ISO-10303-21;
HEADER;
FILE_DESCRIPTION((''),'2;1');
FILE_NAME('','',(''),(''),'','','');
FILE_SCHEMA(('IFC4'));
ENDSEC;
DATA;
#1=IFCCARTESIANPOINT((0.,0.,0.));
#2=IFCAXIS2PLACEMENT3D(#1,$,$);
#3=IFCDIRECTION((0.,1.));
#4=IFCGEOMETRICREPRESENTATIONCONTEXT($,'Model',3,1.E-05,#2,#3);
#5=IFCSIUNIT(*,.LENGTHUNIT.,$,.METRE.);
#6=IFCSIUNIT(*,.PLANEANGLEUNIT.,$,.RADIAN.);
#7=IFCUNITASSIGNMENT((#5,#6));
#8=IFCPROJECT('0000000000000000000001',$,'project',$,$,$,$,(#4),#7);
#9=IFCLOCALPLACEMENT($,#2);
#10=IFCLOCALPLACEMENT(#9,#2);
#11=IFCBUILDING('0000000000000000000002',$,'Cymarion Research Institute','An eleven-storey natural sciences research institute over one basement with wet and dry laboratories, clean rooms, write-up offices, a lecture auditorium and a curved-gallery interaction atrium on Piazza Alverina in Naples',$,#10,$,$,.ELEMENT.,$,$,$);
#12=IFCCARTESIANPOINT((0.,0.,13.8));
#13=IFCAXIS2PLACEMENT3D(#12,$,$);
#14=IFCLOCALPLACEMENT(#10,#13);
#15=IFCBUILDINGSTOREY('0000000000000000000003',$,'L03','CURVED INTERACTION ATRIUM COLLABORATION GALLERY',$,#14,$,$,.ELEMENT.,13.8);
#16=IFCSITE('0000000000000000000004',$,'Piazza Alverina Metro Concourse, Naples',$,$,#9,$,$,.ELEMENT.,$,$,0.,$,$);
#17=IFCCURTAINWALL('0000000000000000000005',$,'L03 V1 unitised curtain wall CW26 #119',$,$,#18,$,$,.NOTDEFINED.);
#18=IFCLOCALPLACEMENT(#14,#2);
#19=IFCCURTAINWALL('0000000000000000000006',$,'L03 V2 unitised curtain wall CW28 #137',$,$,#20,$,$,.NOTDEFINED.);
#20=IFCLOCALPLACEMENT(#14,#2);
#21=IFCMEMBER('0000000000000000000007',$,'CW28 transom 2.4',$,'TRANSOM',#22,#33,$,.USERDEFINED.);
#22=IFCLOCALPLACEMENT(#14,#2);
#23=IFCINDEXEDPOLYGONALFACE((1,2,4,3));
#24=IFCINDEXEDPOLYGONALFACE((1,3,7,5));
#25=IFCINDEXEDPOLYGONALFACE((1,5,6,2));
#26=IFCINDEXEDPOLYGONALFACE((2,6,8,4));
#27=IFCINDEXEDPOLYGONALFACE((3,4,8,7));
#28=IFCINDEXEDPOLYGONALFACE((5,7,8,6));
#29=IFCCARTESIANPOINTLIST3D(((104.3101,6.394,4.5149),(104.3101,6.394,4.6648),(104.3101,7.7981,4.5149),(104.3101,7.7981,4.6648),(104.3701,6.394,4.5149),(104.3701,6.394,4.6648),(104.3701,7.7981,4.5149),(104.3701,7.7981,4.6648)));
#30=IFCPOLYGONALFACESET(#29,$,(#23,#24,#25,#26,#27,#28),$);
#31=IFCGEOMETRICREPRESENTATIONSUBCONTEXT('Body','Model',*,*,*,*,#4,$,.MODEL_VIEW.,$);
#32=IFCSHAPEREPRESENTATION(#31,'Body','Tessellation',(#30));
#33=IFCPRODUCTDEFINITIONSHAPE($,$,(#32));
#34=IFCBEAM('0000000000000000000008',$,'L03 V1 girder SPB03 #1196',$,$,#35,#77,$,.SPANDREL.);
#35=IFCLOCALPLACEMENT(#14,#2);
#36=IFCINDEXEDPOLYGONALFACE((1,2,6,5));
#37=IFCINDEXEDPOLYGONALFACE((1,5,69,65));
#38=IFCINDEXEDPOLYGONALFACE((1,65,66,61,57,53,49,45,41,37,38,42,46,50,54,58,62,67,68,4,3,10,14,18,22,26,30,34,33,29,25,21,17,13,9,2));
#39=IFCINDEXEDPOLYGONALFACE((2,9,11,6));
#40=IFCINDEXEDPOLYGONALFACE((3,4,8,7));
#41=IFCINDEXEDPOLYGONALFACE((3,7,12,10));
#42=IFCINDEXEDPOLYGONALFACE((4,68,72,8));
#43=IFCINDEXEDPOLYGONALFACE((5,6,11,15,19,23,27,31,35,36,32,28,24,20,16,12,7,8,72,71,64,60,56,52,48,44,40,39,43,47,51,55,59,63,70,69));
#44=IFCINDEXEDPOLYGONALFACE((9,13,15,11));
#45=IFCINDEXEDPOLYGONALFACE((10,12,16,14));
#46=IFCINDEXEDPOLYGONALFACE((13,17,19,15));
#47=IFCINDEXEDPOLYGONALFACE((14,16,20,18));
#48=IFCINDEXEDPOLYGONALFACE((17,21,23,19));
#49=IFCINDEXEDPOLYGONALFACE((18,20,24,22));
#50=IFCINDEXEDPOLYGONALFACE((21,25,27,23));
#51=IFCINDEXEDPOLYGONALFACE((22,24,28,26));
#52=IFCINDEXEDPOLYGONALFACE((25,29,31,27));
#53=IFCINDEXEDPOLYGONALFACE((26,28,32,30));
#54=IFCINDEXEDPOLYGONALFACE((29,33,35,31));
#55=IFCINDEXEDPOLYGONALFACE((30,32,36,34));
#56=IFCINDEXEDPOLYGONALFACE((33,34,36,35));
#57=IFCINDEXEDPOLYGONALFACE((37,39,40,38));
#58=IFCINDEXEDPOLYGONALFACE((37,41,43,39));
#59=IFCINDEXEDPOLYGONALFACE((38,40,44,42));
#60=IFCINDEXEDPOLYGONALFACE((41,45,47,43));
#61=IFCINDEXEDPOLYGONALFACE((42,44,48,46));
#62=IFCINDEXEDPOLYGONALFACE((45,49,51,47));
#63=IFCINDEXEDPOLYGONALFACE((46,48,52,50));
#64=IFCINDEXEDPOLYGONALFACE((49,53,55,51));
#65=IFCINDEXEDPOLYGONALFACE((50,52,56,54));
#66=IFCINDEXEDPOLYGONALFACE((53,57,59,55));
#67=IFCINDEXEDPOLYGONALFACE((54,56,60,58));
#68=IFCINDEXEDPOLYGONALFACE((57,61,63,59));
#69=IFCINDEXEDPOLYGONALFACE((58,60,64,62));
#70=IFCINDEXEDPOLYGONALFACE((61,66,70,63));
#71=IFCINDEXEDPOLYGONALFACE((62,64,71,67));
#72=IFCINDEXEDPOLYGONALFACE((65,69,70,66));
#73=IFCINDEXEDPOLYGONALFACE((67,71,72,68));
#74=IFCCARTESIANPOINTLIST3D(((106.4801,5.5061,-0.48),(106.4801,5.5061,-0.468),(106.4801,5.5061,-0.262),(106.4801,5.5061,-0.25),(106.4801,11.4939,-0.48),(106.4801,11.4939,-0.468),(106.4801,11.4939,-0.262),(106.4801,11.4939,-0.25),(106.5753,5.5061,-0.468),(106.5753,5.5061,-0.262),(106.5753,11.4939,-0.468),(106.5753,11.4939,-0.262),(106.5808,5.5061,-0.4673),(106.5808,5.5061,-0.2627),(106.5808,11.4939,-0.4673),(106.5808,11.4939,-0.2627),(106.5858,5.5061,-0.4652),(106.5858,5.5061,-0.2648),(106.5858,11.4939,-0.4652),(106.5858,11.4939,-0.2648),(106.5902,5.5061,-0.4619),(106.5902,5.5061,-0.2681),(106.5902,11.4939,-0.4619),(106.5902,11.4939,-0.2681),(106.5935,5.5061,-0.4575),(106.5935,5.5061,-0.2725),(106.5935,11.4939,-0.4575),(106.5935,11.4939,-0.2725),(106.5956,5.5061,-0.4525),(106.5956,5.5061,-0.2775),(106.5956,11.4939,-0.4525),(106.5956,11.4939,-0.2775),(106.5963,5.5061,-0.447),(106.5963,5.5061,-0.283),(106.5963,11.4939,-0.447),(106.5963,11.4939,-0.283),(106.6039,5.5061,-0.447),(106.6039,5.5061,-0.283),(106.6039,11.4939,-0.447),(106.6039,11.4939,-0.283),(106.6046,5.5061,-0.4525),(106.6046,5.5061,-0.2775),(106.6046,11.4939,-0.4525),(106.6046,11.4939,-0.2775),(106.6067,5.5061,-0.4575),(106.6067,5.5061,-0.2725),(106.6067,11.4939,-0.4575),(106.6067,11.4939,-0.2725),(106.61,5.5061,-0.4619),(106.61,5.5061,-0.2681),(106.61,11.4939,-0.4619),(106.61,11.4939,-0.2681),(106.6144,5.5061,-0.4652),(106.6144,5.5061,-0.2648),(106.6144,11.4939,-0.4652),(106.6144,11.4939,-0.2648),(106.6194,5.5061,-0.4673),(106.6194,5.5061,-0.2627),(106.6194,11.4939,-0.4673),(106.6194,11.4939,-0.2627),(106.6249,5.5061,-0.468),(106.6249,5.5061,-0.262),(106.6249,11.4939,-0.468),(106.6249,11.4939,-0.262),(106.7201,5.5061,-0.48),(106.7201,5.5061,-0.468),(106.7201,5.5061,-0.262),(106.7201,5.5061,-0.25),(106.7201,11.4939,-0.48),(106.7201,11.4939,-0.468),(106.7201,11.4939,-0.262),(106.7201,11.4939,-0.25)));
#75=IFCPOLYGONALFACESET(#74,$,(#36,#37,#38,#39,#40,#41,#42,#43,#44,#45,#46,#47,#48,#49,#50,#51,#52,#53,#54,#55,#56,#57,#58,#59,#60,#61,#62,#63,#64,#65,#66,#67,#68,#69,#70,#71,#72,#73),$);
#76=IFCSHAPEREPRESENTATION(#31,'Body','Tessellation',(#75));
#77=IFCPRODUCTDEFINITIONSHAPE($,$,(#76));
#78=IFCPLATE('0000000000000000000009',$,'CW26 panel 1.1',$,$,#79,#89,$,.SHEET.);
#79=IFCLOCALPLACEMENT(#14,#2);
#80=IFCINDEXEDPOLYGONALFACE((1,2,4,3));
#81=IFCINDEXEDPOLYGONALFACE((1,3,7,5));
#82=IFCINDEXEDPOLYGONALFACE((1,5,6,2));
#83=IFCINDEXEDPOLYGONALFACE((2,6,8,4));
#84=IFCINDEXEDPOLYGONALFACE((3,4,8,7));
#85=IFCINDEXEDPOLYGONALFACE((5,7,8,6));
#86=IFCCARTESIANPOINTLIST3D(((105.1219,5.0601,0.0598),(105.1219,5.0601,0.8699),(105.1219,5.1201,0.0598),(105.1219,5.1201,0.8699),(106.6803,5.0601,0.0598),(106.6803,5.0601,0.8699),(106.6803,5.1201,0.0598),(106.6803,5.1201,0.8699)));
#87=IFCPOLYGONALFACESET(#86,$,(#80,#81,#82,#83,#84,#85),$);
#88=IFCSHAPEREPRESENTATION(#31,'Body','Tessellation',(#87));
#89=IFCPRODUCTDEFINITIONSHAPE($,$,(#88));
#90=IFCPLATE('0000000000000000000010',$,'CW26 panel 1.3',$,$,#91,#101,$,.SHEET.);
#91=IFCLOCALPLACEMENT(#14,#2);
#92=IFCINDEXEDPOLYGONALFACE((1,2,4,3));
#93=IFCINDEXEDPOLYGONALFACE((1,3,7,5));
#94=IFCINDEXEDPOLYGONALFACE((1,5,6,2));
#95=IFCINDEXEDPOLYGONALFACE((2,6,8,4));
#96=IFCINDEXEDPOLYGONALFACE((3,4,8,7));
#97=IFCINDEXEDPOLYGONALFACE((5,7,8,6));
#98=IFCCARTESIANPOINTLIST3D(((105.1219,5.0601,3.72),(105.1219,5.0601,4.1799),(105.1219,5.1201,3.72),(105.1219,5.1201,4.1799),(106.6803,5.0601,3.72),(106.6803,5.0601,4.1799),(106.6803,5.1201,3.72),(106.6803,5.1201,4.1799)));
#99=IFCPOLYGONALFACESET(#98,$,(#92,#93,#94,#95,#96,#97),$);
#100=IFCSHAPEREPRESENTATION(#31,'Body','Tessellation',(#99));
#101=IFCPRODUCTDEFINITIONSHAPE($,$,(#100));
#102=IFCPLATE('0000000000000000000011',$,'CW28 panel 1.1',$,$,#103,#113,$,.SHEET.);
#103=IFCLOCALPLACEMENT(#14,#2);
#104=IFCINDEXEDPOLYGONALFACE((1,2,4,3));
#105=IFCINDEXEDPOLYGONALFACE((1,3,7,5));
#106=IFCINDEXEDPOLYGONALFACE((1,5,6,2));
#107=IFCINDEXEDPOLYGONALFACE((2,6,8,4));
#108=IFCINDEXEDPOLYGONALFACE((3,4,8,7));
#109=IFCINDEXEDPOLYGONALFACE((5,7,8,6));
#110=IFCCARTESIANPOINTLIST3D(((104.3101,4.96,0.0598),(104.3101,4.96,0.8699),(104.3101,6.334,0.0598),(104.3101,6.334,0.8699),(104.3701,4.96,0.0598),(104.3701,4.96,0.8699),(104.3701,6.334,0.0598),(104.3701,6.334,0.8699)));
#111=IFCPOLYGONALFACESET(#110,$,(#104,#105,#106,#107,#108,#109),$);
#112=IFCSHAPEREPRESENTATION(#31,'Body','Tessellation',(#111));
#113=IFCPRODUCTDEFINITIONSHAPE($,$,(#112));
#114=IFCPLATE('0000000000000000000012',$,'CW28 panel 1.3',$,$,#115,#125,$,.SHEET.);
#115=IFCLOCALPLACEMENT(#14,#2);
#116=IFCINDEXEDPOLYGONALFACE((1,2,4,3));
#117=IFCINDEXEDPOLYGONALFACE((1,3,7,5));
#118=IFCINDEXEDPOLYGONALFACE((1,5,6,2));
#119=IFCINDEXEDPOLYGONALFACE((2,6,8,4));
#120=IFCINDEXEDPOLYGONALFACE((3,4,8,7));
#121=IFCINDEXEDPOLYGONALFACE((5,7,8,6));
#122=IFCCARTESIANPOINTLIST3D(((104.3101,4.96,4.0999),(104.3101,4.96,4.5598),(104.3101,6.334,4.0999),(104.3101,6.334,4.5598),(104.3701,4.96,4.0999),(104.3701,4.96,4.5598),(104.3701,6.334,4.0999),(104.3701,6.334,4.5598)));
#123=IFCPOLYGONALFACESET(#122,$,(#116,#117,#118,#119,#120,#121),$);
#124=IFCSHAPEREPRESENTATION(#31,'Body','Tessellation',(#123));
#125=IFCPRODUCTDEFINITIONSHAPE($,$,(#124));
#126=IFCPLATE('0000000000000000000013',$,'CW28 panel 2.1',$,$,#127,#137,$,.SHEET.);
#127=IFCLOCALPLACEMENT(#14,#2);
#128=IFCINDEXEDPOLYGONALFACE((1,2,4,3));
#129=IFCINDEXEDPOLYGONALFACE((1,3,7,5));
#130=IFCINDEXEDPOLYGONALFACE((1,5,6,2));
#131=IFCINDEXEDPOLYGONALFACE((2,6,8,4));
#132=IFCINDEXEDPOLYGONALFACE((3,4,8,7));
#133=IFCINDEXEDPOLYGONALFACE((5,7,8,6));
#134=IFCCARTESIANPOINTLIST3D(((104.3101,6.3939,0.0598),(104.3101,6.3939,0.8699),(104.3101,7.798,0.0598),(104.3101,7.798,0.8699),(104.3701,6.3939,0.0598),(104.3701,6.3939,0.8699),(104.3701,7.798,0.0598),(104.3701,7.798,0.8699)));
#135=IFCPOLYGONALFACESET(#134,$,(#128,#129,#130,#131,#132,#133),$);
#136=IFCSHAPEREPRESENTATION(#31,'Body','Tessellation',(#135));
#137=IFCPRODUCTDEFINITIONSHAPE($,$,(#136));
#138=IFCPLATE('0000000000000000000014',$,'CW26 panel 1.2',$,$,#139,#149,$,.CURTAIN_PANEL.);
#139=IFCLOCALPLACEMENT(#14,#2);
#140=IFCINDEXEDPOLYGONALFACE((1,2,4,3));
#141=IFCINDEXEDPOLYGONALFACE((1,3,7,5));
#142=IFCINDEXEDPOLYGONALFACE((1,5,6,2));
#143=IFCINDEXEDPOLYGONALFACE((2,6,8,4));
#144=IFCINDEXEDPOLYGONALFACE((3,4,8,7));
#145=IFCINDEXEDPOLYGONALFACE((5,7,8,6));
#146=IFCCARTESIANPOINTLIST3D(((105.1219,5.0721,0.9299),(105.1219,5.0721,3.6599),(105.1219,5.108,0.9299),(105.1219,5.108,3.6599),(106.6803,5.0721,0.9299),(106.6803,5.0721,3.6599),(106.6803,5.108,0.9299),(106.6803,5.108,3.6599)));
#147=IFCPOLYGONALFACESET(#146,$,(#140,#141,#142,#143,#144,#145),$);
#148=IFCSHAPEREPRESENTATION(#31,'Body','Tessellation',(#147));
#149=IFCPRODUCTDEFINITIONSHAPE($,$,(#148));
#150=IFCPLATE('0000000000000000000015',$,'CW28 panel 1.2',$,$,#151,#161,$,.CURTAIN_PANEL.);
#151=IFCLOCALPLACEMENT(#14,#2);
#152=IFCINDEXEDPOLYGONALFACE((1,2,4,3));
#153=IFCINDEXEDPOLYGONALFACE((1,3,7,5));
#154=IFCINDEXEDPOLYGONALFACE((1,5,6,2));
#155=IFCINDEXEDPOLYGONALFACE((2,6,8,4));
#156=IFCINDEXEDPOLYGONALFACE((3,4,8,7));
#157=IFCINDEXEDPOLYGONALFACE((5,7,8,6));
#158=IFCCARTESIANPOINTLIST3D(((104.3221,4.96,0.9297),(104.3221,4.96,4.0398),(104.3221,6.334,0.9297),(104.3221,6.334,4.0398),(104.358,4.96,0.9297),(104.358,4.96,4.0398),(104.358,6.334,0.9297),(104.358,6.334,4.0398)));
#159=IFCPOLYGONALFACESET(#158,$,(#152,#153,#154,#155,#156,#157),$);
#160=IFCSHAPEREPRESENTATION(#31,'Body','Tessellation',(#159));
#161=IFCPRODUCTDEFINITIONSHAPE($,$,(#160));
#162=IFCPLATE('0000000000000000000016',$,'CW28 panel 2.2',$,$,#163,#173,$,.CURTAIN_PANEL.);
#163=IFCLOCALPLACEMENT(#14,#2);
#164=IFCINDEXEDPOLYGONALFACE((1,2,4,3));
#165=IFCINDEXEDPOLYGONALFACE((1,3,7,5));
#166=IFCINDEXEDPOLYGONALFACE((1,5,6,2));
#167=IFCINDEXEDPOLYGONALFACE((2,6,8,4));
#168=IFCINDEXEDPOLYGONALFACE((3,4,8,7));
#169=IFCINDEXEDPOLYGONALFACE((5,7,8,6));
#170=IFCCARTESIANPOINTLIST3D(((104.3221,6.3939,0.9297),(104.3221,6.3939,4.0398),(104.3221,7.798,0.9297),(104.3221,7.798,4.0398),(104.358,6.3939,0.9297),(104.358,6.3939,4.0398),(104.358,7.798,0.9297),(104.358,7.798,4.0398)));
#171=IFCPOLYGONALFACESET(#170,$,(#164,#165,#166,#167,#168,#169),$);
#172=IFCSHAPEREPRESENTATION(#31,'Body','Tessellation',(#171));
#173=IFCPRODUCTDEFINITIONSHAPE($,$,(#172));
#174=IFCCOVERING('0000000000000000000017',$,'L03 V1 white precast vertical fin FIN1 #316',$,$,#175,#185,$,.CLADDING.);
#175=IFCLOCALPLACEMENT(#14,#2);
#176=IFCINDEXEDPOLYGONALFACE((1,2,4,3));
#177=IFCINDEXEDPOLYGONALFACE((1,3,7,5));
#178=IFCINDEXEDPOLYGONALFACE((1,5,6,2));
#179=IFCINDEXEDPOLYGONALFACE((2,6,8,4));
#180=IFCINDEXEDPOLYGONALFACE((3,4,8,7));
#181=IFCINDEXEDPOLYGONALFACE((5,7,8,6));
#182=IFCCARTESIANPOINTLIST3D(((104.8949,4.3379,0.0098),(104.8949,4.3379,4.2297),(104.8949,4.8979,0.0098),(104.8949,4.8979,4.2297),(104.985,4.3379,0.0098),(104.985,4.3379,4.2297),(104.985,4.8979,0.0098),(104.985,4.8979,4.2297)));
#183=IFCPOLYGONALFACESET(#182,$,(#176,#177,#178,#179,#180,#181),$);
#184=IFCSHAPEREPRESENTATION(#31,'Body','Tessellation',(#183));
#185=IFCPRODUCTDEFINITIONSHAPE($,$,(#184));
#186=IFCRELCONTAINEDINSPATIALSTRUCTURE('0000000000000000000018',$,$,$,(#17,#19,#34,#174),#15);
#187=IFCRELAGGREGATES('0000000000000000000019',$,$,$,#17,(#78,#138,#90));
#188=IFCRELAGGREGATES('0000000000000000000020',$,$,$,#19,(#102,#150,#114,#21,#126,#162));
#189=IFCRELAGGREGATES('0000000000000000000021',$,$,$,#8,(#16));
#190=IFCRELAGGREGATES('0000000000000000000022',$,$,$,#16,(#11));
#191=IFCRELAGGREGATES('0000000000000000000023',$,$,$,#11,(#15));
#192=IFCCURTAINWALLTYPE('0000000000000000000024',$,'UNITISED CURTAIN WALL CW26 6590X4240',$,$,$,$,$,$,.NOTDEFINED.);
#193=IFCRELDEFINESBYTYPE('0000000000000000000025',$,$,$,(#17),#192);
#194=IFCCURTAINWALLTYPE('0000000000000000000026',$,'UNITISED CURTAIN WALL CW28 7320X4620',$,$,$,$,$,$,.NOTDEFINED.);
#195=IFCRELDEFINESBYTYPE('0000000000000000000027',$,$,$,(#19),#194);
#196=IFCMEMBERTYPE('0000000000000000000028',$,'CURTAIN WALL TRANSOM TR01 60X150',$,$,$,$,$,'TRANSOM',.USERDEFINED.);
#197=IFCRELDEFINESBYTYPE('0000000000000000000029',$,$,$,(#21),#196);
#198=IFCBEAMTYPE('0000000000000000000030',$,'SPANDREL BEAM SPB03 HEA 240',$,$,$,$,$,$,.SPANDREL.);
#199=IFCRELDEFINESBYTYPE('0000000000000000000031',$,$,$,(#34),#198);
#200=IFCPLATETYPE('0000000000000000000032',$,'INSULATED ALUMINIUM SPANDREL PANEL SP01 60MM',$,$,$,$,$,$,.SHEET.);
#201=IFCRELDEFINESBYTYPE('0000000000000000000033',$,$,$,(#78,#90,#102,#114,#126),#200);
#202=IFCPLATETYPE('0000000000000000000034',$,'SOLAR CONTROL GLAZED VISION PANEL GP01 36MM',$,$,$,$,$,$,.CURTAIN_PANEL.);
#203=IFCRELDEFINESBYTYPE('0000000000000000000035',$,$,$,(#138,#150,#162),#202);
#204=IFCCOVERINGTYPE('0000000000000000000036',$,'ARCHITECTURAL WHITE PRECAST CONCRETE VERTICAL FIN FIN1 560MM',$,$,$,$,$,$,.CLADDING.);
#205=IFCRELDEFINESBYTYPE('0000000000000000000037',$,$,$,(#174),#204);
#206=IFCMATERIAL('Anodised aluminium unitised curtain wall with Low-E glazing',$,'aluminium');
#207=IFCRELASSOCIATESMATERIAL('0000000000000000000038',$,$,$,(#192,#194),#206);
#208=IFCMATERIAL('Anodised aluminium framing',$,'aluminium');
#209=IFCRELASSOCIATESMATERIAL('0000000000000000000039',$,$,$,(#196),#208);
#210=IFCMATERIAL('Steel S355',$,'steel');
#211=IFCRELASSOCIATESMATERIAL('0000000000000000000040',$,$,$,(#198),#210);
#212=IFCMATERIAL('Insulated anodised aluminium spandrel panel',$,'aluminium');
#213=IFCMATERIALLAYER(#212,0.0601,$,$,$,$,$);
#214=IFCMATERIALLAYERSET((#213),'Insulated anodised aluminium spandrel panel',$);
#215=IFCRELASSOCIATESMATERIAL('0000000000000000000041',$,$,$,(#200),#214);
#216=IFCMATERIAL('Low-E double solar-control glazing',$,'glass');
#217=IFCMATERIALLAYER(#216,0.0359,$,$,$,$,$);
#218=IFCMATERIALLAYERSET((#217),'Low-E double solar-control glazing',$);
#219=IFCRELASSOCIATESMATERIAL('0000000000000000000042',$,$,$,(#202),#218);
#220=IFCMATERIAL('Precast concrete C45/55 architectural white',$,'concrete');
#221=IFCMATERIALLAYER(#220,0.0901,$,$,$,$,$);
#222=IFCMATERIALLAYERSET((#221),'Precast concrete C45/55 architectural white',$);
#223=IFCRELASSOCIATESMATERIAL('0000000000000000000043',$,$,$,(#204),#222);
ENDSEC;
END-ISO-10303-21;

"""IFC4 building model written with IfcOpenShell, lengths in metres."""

from ifc_helpers import new_model, si_unit, direction, frame, origin, origin_2d, place, context, subcontext, project, spatial, rectangle, i_section, extrude, material, layer, layer_set, material_profile, profile_set, type_object, element, aggregate, save


model = new_model("IFC4")

# Units and contexts
model_context = context("Model", 3, precision=1e-05, world=origin(), true_north=direction((0.0, 1.0)))
body_context = subcontext(model_context, "Body", "Model", "MODEL_VIEW")
ifc_project = project(units=[si_unit("LENGTHUNIT", "METRE"), si_unit("PLANEANGLEUNIT", "RADIAN")], contexts=[model_context])

# Site, building, storey
site_placement = place(None, origin())
site = spatial("IfcSite", under=ifc_project, at=site_placement, Name="Piazza Alverina Metro Concourse, Naples", CompositionType="ELEMENT", RefElevation=0.0)
building_placement = place(site_placement, origin())
building = spatial("IfcBuilding", under=site, at=building_placement, Name="Cymarion Research Institute", Description="An eleven-storey natural sciences research institute over one basement with wet and dry laboratories, clean rooms, write-up offices, a lecture auditorium and a curved-gallery interaction atrium on Piazza Alverina in Naples", CompositionType="ELEMENT")
storey_placement = place(building_placement, frame((0.0, 0.0, 13.8)))
storey = spatial("IfcBuildingStorey", under=building, at=storey_placement, Name="L03", Description="CURVED INTERACTION ATRIUM COLLABORATION GALLERY", CompositionType="ELEMENT", Elevation=13.8)

# Shared definitions
ifc_material_1 = material(Name="Steel S355", Category="steel")

# Curtain walls
ifc_material_2 = material(Name="Anodised aluminium unitised curtain wall with Low-E glazing", Category="aluminium")
curtain_wall_type_1 = type_object("IfcCurtainWallType", Name="UNITISED CURTAIN WALL CW26 6590X4240", PredefinedType="NOTDEFINED", material=ifc_material_2)
curtain_wall_1_placement = place(storey_placement, origin())
curtain_wall_1 = element("IfcCurtainWall", 1, at=curtain_wall_1_placement, inside=storey, type_object=curtain_wall_type_1, Name="L03 V1 unitised curtain wall CW26 #119", PredefinedType="NOTDEFINED")
ifc_material_3 = material(Name="Anodised aluminium framing", Category="aluminium")
curtain_wall_type_2 = type_object("IfcCurtainWallType", Name="UNITISED CURTAIN WALL CW28 7320X4620", PredefinedType="NOTDEFINED", material=ifc_material_2)
curtain_wall_2_placement = place(storey_placement, origin())
curtain_wall_2 = element("IfcCurtainWall", 2, at=curtain_wall_2_placement, inside=storey, type_object=curtain_wall_type_2, Name="L03 V2 unitised curtain wall CW28 #137", PredefinedType="NOTDEFINED")

# Member
ifc_material_profile_1 = material_profile(ifc_material_3, rectangle(XDim=0.0601, YDim=0.1499, at=origin_2d()), Name="ALU TRANSOM 60x150")
ifc_profile_set_1 = profile_set([ifc_material_profile_1], Name="Anodised aluminium framing")
member_type_1 = type_object("IfcMemberType", Name="CURTAIN WALL TRANSOM TR01 60X150", ElementType="TRANSOM", PredefinedType="USERDEFINED", material=ifc_profile_set_1)
member_1_placement = place(storey_placement, frame((104.3401, 6.394, 4.5898), z_axis=(0.0, 1.0, 0.0), x_axis=(-1.0, 0.0, 0.0)))
member_1 = element("IfcMember", 3, at=member_1_placement, type_object=member_type_1, Name="CW28 transom 2.4", ObjectType="TRANSOM", PredefinedType="USERDEFINED", context=body_context, shape_type="SweptSolid", body=[
    extrude(rectangle(XDim=0.0601, YDim=0.1499, at=origin_2d()), origin(), (0.0, 0.0, 1.0), 1.4041),
])

# Beam
ifc_material_profile_2 = material_profile(ifc_material_1, i_section(OverallWidth=0.24, OverallDepth=0.23, WebThickness=0.0076, FlangeThickness=0.012, FilletRadius=0.021, at=origin_2d()), Name="HEA 240")
ifc_profile_set_2 = profile_set([ifc_material_profile_2], Name="Steel S355")
beam_type = type_object("IfcBeamType", Name="SPANDREL BEAM SPB03 HEA 240", PredefinedType="SPANDREL", material=ifc_profile_set_2)
beam_placement = place(storey_placement, frame((106.6001, 5.5061, -0.365), z_axis=(0.0, 1.0, 0.0), x_axis=(-1.0, 0.0, 0.0)))
element("IfcBeam", 4, at=beam_placement, inside=storey, type_object=beam_type, Name="L03 V1 girder SPB03 #1196", PredefinedType="SPANDREL", context=body_context, shape_type="SweptSolid", body=[
    extrude(i_section(OverallWidth=0.24, OverallDepth=0.23, WebThickness=0.0076, FlangeThickness=0.012, FilletRadius=0.021, at=origin_2d()), origin(), (0.0, 0.0, 1.0), 5.9878),
])

# Plates
ifc_material_4 = material(Name="Insulated anodised aluminium spandrel panel", Category="aluminium")
ifc_layer_1 = layer(ifc_material_4, 0.0601)
ifc_layer_set_1 = layer_set([ifc_layer_1], Name="Insulated anodised aluminium spandrel panel")
plate_type_1 = type_object("IfcPlateType", Name="INSULATED ALUMINIUM SPANDREL PANEL SP01 60MM", PredefinedType="SHEET", material=ifc_layer_set_1)
plate_1_placement = place(storey_placement, frame((105.9011, 5.0901, 0.0598), z_axis=(0.0, 0.0, 1.0), x_axis=(1.0, 0.0, 0.0)))
plate_1 = element("IfcPlate", 5, at=plate_1_placement, type_object=plate_type_1, Name="CW26 panel 1.1", PredefinedType="SHEET", context=body_context, shape_type="SweptSolid", body=[
    extrude(rectangle(XDim=1.5583, YDim=0.0601, at=origin_2d()), origin(), (0.0, 0.0, 1.0), 0.8101),
])
plate_2_placement = place(storey_placement, frame((105.9011, 5.0901, 3.72), z_axis=(0.0, 0.0, 1.0), x_axis=(1.0, 0.0, 0.0)))
plate_2 = element("IfcPlate", 6, at=plate_2_placement, type_object=plate_type_1, Name="CW26 panel 1.3", PredefinedType="SHEET", context=body_context, shape_type="SweptSolid", body=[
    extrude(rectangle(XDim=1.5583, YDim=0.0601, at=origin_2d()), origin(), (0.0, 0.0, 1.0), 0.46),
])
plate_3_placement = place(storey_placement, frame((104.3401, 5.647, 0.0598), z_axis=(0.0, 0.0, 1.0), x_axis=(0.0, 1.0, 0.0)))
plate_3 = element("IfcPlate", 7, at=plate_3_placement, type_object=plate_type_1, Name="CW28 panel 1.1", PredefinedType="SHEET", context=body_context, shape_type="SweptSolid", body=[
    extrude(rectangle(XDim=1.374, YDim=0.0601, at=origin_2d()), origin(), (0.0, 0.0, 1.0), 0.8101),
])
plate_4_placement = place(storey_placement, frame((104.3401, 5.647, 4.0999), z_axis=(0.0, 0.0, 1.0), x_axis=(0.0, 1.0, 0.0)))
plate_4 = element("IfcPlate", 8, at=plate_4_placement, type_object=plate_type_1, Name="CW28 panel 1.3", PredefinedType="SHEET", context=body_context, shape_type="SweptSolid", body=[
    extrude(rectangle(XDim=1.374, YDim=0.0601, at=origin_2d()), origin(), (0.0, 0.0, 1.0), 0.46),
])
plate_5_placement = place(storey_placement, frame((104.3401, 7.0959, 0.0598), z_axis=(0.0, 0.0, 1.0), x_axis=(0.0, 1.0, 0.0)))
plate_5 = element("IfcPlate", 9, at=plate_5_placement, type_object=plate_type_1, Name="CW28 panel 2.1", PredefinedType="SHEET", context=body_context, shape_type="SweptSolid", body=[
    extrude(rectangle(XDim=1.4041, YDim=0.0601, at=origin_2d()), origin(), (0.0, 0.0, 1.0), 0.8101),
])
ifc_material_5 = material(Name="Low-E double solar-control glazing", Category="glass")
ifc_layer_2 = layer(ifc_material_5, 0.0359)
ifc_layer_set_2 = layer_set([ifc_layer_2], Name="Low-E double solar-control glazing")
plate_type_2 = type_object("IfcPlateType", Name="SOLAR CONTROL GLAZED VISION PANEL GP01 36MM", PredefinedType="CURTAIN_PANEL", material=ifc_layer_set_2)
plate_6_placement = place(storey_placement, frame((105.9011, 5.0901, 0.9299), z_axis=(0.0, 0.0, 1.0), x_axis=(1.0, 0.0, 0.0)))
plate_6 = element("IfcPlate", 10, at=plate_6_placement, type_object=plate_type_2, Name="CW26 panel 1.2", PredefinedType="CURTAIN_PANEL", context=body_context, shape_type="SweptSolid", body=[
    extrude(rectangle(XDim=1.5583, YDim=0.0359, at=origin_2d()), origin(), (0.0, 0.0, 1.0), 2.73),
])
aggregate(curtain_wall_1, [plate_1, plate_6, plate_2])
plate_7_placement = place(storey_placement, frame((104.3401, 5.647, 0.9297), z_axis=(0.0, 0.0, 1.0), x_axis=(0.0, 1.0, 0.0)))
plate_7 = element("IfcPlate", 11, at=plate_7_placement, type_object=plate_type_2, Name="CW28 panel 1.2", PredefinedType="CURTAIN_PANEL", context=body_context, shape_type="SweptSolid", body=[
    extrude(rectangle(XDim=1.374, YDim=0.0359, at=origin_2d()), origin(), (0.0, 0.0, 1.0), 3.1101),
])
plate_8_placement = place(storey_placement, frame((104.3401, 7.0959, 0.9297), z_axis=(0.0, 0.0, 1.0), x_axis=(0.0, 1.0, 0.0)))
plate_8 = element("IfcPlate", 12, at=plate_8_placement, type_object=plate_type_2, Name="CW28 panel 2.2", PredefinedType="CURTAIN_PANEL", context=body_context, shape_type="SweptSolid", body=[
    extrude(rectangle(XDim=1.4041, YDim=0.0359, at=origin_2d()), origin(), (0.0, 0.0, 1.0), 3.1101),
])
aggregate(curtain_wall_2, [plate_3, plate_7, plate_4, member_1, plate_5, plate_8])

# Covering
ifc_material_6 = material(Name="Precast concrete C45/55 architectural white", Category="concrete")
ifc_layer_3 = layer(ifc_material_6, 0.0901)
ifc_layer_set_3 = layer_set([ifc_layer_3], Name="Precast concrete C45/55 architectural white")
covering_type = type_object("IfcCoveringType", Name="ARCHITECTURAL WHITE PRECAST CONCRETE VERTICAL FIN FIN1 560MM", PredefinedType="CLADDING", material=ifc_layer_set_3)
covering_placement = place(storey_placement, frame((104.9399, 4.6179, 0.0098), z_axis=(0.0, 0.0, 1.0), x_axis=(0.0, -1.0, 0.0)))
element("IfcCovering", 13, at=covering_placement, inside=storey, type_object=covering_type, Name="L03 V1 white precast vertical fin FIN1 #316", PredefinedType="CLADDING", context=body_context, shape_type="SweptSolid", body=[
    extrude(rectangle(XDim=0.5601, YDim=0.0901, at=origin_2d()), origin(), (0.0, 0.0, 1.0), 4.22),
])

save(model, "model.ifc")
